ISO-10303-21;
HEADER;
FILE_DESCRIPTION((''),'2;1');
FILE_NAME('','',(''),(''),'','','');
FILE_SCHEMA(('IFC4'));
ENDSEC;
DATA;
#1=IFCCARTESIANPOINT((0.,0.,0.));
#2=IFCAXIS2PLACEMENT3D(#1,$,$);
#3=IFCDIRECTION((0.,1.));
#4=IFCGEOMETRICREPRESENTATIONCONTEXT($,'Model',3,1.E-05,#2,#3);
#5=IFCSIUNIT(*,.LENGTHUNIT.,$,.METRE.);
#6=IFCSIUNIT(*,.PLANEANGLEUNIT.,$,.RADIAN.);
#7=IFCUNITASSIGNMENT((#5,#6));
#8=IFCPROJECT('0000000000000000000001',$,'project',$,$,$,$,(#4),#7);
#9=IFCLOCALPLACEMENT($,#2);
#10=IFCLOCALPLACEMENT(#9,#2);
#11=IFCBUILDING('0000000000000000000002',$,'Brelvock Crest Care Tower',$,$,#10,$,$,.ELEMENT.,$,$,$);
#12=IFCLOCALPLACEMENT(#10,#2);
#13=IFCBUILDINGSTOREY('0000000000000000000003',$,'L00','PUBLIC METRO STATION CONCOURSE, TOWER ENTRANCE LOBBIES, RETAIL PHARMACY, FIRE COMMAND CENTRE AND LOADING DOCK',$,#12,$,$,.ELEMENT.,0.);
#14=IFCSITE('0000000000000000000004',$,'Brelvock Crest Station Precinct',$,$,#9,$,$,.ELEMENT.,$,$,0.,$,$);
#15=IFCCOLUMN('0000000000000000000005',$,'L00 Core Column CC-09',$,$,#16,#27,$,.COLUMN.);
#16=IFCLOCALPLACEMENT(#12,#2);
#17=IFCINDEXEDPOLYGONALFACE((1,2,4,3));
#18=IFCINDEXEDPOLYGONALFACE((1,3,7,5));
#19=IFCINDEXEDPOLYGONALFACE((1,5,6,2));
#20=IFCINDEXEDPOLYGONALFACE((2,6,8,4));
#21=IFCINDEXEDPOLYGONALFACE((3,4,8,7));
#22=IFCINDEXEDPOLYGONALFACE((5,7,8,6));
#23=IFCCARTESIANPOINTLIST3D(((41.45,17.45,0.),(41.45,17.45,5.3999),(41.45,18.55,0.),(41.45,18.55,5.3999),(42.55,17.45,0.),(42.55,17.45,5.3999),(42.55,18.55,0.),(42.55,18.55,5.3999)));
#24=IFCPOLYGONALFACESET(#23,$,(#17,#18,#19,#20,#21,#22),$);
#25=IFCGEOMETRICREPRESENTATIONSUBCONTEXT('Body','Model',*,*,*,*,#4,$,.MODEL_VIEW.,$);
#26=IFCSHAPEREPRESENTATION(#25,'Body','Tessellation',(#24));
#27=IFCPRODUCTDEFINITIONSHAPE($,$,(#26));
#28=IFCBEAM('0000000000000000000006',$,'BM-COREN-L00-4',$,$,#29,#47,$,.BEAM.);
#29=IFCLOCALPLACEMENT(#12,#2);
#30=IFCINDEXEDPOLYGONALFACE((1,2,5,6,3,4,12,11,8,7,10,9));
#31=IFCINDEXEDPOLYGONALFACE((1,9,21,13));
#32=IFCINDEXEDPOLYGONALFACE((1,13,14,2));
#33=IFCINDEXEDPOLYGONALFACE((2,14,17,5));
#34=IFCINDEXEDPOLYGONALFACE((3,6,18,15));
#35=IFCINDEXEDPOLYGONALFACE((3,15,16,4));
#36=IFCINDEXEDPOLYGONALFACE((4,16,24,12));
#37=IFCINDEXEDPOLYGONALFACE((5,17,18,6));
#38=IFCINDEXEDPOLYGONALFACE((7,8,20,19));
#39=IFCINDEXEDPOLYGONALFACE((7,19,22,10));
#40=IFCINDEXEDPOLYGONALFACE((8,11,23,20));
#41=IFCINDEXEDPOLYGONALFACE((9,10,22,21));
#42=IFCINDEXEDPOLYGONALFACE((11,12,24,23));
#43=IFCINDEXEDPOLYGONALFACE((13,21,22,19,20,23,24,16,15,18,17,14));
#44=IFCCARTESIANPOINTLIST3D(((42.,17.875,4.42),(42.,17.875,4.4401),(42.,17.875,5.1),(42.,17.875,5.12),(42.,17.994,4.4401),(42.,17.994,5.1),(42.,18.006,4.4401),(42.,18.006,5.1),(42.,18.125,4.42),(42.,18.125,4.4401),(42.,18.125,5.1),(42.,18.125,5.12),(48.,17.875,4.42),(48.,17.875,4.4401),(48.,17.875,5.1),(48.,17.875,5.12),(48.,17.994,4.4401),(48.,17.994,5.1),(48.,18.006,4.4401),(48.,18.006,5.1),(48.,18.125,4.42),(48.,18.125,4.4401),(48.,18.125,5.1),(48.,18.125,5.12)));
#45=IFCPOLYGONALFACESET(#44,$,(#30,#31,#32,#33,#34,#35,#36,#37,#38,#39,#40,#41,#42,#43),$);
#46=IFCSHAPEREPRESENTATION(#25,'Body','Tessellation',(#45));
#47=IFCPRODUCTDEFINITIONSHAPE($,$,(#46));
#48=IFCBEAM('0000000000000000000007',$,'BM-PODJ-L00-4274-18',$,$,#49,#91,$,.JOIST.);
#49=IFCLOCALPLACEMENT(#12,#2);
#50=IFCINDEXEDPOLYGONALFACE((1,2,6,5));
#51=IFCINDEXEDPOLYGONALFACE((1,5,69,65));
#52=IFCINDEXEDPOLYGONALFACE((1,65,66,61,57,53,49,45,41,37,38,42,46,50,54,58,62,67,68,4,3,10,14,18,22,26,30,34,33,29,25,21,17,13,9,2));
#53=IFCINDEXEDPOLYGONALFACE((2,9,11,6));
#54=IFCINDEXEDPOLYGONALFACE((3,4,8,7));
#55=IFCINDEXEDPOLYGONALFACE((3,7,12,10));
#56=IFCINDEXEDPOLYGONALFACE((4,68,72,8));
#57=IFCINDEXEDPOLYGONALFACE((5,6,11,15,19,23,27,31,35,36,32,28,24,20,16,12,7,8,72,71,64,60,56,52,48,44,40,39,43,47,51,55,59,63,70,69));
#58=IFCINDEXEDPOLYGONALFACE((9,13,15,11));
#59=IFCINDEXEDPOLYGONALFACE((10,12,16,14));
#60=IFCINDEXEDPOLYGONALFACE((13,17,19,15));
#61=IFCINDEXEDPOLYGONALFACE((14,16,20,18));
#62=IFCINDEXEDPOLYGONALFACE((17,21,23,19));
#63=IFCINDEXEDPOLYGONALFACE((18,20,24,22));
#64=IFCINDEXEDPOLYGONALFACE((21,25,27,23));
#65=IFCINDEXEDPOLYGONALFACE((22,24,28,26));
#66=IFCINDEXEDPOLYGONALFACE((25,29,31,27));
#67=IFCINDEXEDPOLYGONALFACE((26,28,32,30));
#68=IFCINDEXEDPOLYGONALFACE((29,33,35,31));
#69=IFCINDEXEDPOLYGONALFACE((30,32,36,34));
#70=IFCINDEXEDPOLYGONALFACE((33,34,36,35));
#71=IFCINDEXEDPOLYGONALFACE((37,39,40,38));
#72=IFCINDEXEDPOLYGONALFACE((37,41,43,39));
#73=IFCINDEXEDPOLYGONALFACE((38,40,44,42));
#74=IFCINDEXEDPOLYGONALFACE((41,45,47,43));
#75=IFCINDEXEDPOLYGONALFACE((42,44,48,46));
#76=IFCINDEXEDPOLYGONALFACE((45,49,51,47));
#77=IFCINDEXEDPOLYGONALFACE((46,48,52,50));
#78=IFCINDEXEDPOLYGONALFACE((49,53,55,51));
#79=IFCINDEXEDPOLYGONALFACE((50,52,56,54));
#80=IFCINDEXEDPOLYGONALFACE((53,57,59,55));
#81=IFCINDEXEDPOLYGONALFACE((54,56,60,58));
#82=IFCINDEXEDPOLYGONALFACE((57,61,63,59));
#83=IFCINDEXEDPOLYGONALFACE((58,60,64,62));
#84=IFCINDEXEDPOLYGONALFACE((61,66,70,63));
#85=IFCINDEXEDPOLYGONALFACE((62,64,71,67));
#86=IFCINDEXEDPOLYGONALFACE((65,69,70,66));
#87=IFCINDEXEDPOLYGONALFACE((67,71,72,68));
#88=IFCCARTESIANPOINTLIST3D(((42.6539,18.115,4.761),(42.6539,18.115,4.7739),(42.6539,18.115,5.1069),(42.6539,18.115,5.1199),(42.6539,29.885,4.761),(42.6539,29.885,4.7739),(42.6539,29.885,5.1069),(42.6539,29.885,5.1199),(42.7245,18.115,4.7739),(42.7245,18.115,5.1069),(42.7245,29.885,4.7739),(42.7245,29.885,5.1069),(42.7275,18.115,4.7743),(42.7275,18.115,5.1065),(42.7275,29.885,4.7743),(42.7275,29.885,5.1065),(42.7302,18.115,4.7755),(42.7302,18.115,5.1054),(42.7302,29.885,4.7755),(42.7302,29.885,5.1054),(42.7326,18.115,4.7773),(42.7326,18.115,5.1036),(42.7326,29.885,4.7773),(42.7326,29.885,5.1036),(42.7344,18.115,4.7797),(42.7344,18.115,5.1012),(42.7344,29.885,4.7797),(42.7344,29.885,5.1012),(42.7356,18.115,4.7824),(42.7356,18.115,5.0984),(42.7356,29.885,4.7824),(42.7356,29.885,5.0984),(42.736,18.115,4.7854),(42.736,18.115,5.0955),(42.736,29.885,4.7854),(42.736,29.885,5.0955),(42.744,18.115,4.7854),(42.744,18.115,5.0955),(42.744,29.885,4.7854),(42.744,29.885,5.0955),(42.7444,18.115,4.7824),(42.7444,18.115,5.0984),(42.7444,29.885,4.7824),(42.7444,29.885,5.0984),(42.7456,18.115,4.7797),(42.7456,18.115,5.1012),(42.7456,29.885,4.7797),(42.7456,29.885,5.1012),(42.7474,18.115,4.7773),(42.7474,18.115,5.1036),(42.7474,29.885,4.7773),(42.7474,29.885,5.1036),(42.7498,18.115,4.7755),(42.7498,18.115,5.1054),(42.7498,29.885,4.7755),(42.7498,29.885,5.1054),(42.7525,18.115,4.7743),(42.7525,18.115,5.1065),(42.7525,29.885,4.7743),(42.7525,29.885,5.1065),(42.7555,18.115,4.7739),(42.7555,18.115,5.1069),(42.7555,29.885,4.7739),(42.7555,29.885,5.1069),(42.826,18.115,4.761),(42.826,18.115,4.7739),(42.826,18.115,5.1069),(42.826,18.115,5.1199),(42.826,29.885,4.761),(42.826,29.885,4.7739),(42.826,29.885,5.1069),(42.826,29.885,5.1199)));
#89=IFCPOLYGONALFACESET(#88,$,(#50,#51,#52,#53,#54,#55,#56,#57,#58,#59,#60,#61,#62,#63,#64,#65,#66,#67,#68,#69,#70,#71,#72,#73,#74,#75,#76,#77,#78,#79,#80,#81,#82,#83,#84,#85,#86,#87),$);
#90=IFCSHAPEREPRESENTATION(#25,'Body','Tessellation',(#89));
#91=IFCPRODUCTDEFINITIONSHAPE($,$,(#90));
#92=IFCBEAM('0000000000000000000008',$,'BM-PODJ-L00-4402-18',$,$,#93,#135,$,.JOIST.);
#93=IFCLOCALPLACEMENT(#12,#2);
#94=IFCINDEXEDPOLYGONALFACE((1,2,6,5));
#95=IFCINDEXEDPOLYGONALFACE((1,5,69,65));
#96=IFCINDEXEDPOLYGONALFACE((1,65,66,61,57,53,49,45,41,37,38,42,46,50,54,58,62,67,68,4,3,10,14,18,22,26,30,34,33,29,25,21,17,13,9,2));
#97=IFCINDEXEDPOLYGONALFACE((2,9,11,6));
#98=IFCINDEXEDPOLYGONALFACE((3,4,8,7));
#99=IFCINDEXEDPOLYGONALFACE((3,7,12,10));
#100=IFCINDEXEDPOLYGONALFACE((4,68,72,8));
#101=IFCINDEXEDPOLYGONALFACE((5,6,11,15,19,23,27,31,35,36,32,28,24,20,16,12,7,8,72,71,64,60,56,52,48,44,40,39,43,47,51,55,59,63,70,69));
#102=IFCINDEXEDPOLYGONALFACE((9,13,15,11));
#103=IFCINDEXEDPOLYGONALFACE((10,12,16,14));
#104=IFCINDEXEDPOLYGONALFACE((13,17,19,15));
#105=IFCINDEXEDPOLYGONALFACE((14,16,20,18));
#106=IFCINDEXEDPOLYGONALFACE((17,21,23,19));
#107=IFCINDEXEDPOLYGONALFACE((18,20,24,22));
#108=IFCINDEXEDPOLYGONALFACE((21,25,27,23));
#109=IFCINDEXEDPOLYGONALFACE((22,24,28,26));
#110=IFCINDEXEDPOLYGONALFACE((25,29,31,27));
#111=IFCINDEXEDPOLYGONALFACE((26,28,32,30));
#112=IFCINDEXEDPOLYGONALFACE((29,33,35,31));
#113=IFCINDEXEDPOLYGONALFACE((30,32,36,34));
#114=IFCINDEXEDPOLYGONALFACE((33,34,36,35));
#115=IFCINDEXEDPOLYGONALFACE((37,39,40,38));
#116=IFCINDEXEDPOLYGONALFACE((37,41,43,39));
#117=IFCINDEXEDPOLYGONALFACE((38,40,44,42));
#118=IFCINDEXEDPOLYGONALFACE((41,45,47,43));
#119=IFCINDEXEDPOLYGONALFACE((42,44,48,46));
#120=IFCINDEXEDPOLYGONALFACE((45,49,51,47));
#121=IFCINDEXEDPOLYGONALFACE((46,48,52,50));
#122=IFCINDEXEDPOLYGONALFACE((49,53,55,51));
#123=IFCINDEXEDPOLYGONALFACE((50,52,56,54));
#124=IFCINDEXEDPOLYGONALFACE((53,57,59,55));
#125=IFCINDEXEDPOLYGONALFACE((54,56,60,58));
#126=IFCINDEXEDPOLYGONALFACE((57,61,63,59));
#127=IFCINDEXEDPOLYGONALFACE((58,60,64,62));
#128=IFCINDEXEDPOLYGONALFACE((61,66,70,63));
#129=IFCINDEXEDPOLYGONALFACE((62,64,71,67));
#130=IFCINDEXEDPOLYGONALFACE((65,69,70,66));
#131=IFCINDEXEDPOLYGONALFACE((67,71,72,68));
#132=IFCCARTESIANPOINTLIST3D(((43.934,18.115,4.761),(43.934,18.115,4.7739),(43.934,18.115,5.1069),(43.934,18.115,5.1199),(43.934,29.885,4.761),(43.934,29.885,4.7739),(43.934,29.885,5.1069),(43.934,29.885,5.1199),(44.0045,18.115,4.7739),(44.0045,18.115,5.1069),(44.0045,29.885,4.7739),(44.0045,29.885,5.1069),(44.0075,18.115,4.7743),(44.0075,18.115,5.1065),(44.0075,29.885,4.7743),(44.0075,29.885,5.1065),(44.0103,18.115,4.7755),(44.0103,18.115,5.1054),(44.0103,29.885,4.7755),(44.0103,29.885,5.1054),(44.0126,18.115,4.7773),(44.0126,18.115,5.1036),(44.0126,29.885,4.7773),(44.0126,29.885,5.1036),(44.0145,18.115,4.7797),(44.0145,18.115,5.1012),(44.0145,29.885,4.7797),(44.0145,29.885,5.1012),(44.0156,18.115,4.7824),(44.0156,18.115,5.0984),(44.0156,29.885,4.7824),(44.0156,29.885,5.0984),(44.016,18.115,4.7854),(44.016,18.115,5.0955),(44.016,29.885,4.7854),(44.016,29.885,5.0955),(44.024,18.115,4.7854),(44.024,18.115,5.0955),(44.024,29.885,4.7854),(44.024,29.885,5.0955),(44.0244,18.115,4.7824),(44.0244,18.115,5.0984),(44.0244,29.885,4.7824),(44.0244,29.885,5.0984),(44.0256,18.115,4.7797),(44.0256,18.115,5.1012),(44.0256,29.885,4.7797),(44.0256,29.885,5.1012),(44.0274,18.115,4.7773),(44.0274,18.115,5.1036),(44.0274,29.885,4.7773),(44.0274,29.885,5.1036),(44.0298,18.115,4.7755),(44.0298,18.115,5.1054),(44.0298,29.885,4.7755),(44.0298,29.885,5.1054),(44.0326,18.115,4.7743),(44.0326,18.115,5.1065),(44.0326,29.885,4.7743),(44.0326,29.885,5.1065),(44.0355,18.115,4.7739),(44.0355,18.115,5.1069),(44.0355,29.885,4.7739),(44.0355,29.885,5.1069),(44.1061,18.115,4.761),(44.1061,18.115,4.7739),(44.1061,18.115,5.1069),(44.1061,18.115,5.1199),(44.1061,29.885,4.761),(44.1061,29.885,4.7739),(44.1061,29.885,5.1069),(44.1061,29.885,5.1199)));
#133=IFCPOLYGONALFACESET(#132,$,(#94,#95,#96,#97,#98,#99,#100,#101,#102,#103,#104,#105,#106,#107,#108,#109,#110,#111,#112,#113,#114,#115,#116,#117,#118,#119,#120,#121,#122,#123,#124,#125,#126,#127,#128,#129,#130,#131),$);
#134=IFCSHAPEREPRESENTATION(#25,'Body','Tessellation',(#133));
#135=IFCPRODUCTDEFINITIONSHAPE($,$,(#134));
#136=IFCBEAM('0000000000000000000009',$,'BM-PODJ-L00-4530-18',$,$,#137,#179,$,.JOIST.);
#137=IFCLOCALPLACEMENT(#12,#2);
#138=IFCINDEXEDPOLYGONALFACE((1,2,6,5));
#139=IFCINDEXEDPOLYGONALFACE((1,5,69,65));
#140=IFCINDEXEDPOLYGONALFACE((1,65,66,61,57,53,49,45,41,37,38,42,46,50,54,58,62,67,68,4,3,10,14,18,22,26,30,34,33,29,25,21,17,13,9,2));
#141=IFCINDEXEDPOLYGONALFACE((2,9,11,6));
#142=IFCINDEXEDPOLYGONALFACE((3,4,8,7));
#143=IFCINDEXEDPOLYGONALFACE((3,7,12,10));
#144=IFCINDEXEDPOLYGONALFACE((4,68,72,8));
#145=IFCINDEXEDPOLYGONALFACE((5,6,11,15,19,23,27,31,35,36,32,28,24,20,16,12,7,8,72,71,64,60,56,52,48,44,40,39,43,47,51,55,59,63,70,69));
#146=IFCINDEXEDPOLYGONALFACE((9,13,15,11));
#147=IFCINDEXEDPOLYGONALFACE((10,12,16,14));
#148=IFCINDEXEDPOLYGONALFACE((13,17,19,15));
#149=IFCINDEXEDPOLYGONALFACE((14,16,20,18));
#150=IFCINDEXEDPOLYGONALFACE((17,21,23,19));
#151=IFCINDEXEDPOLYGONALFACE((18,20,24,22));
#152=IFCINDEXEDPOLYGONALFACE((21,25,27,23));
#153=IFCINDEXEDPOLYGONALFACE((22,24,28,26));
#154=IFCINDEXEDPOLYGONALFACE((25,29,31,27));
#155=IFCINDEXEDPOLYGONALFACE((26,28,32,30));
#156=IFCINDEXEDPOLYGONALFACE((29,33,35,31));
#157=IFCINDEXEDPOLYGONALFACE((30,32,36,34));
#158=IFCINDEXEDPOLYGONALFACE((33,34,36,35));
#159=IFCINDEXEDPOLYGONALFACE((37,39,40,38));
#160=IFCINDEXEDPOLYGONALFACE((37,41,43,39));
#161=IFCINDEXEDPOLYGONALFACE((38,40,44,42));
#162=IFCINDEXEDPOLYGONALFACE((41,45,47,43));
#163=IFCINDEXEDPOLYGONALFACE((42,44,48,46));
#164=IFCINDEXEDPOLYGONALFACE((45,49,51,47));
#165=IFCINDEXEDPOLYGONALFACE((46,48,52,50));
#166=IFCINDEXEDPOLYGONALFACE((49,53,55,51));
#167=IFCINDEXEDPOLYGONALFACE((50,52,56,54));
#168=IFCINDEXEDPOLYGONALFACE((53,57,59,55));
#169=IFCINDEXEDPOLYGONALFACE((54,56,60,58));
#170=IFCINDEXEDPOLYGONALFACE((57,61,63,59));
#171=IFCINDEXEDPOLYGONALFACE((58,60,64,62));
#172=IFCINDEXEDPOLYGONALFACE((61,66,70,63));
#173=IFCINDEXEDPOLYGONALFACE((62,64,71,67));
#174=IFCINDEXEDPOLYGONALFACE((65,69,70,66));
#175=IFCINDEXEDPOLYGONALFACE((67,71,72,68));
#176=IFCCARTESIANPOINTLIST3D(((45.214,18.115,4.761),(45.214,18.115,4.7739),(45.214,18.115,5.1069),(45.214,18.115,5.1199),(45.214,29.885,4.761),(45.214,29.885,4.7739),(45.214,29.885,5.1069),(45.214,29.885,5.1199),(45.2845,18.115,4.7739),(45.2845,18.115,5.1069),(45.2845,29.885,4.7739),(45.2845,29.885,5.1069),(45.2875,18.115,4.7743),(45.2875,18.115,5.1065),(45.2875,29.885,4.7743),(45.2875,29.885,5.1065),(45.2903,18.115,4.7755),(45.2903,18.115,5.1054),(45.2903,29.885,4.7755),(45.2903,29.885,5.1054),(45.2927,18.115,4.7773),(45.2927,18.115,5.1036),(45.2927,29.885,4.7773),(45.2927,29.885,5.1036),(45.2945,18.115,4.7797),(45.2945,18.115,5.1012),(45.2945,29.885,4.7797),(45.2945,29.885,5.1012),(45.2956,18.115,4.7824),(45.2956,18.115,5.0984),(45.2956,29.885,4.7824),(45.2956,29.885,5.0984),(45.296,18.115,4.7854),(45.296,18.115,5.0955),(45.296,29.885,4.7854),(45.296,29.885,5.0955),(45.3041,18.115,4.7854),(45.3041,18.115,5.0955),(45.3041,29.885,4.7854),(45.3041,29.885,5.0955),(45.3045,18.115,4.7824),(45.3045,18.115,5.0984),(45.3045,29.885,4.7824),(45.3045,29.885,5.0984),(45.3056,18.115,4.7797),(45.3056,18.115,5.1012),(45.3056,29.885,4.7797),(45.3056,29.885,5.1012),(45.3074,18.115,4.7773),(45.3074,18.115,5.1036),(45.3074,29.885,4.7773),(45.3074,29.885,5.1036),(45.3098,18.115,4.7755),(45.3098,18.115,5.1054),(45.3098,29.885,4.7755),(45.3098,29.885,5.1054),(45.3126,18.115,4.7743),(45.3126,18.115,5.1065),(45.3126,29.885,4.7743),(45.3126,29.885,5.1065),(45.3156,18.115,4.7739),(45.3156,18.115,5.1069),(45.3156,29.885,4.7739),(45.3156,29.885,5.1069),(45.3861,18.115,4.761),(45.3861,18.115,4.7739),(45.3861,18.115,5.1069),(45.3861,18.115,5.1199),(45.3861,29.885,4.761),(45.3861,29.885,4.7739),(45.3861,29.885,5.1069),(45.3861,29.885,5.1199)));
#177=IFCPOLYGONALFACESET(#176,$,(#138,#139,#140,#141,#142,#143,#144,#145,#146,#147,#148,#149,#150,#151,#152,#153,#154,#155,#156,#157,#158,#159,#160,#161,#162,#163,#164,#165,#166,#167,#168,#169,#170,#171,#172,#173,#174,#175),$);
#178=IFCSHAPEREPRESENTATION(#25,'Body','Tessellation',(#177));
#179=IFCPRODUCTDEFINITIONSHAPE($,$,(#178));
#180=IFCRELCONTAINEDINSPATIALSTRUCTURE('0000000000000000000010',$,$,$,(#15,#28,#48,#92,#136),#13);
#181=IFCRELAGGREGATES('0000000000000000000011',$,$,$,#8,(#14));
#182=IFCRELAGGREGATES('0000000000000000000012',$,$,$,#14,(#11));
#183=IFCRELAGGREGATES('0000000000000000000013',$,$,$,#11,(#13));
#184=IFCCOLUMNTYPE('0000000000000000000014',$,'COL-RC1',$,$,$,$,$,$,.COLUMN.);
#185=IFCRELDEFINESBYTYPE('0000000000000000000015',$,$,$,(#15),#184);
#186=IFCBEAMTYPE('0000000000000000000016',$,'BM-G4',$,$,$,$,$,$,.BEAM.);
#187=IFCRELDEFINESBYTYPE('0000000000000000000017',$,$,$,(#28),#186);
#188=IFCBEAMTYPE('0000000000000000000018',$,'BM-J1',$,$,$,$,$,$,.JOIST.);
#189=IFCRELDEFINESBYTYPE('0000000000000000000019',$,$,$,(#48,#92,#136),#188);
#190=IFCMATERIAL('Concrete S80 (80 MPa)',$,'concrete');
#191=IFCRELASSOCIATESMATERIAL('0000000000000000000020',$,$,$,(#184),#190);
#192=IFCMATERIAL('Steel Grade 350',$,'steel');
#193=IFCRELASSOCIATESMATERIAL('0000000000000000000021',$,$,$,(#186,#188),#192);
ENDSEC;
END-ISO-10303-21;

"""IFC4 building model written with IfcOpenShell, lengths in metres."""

from ifc_helpers import new_model, si_unit, direction, frame, origin, origin_2d, place, context, subcontext, project, spatial, rectangle, i_section, extrude, source, transform, mapped, material, material_profile, profile_set, type_object, element, save


model = new_model("IFC4")

# Units and contexts
model_context = context("Model", 3, precision=1e-05, world=origin(), true_north=direction((0.0, 1.0)))
body_context = subcontext(model_context, "Body", "Model", "MODEL_VIEW")
ifc_project = project(units=[si_unit("LENGTHUNIT", "METRE"), si_unit("PLANEANGLEUNIT", "RADIAN")], contexts=[model_context])

# Site, building, storey
site_placement = place(None, origin())
site = spatial("IfcSite", under=ifc_project, at=site_placement, Name="Brelvock Crest Station Precinct", CompositionType="ELEMENT", RefElevation=0.0)
building_placement = place(site_placement, origin())
building = spatial("IfcBuilding", under=site, at=building_placement, Name="Brelvock Crest Care Tower", CompositionType="ELEMENT")
storey_placement = place(building_placement, origin())
storey = spatial("IfcBuildingStorey", under=building, at=storey_placement, Name="L00", Description="PUBLIC METRO STATION CONCOURSE, TOWER ENTRANCE LOBBIES, RETAIL PHARMACY, FIRE COMMAND CENTRE AND LOADING DOCK", CompositionType="ELEMENT", Elevation=0.0)

# Column
ifc_material_1 = material(Name="Concrete S80 (80 MPa)", Category="concrete")
ifc_material_profile_1 = material_profile(ifc_material_1, rectangle(XDim=1.1001, YDim=1.1001, at=origin_2d()), Name="RC1100x1100")
ifc_profile_set_1 = profile_set([ifc_material_profile_1], Name="Concrete S80 (80 MPa)")
column_type = type_object("IfcColumnType", Name="COL-RC1", PredefinedType="COLUMN", material=ifc_profile_set_1)
shared_shape_1 = source(origin(), body_context, "Body", "SweptSolid", [
    extrude(rectangle(XDim=1.1001, YDim=1.1001, at=origin_2d()), origin(), (0.0, 0.0, 1.0), 5.3999),
])
column_placement = place(storey_placement, frame((42.0, 18.0, 0.0), z_axis=(0.0, 0.0, 1.0), x_axis=(1.0, 0.0, 0.0)))
element("IfcColumn", 1, at=column_placement, inside=storey, type_object=column_type, Name="L00 Core Column CC-09", PredefinedType="COLUMN", context=body_context, shape_type="MappedRepresentation", body=[
    mapped(shared_shape_1, transform((0.0, 0.0, 0.0), x_axis=(1.0, 0.0, 0.0), y_axis=(0.0, 1.0, 0.0), z_axis=(0.0, 0.0, 1.0), scale=1.0)),
])

# Beams
ifc_material_2 = material(Name="Steel Grade 350", Category="steel")
ifc_material_profile_2 = material_profile(ifc_material_2, i_section(OverallWidth=0.25, OverallDepth=0.7, WebThickness=0.012, FlangeThickness=0.02, at=origin_2d()), Name="700WB150")
ifc_profile_set_2 = profile_set([ifc_material_profile_2], Name="Steel Grade 350")
beam_type_1 = type_object("IfcBeamType", Name="BM-G4", PredefinedType="BEAM", material=ifc_profile_set_2)
shared_shape_2 = source(origin(), body_context, "Body", "SweptSolid", [
    extrude(i_section(OverallWidth=0.25, OverallDepth=0.7, WebThickness=0.012, FlangeThickness=0.02, at=origin_2d()), origin(), (0.0, 0.0, 1.0), 6.0),
])
beam_1_placement = place(storey_placement, frame((42.0, 18.0, 4.77), z_axis=(1.0, 0.0, 0.0), x_axis=(0.0, 1.0, 0.0)))
element("IfcBeam", 2, at=beam_1_placement, inside=storey, type_object=beam_type_1, Name="BM-COREN-L00-4", PredefinedType="BEAM", context=body_context, shape_type="MappedRepresentation", body=[
    mapped(shared_shape_2, transform((0.0, 0.0, 0.0), x_axis=(1.0, 0.0, 0.0), y_axis=(0.0, 1.0, 0.0), z_axis=(0.0, 0.0, 1.0), scale=1.0)),
])
ifc_material_profile_3 = material_profile(ifc_material_2, i_section(OverallWidth=0.1721, OverallDepth=0.3589, WebThickness=0.0081, FlangeThickness=0.0129, FilletRadius=0.0115, at=origin_2d()), Name="360UB56.7")
ifc_profile_set_3 = profile_set([ifc_material_profile_3], Name="Steel Grade 350")
beam_type_2 = type_object("IfcBeamType", Name="BM-J1", PredefinedType="JOIST", material=ifc_profile_set_3)
shared_shape_3 = source(origin(), body_context, "Body", "SweptSolid", [
    extrude(i_section(OverallWidth=0.1721, OverallDepth=0.3589, WebThickness=0.0081, FlangeThickness=0.0129, FilletRadius=0.0115, at=origin_2d()), origin(), (0.0, 0.0, 1.0), 11.77),
])
for number, where, z_axis, x_axis, name in (
    (3, (42.74, 18.115, 4.9404), (0.0, 1.0, 0.0), (-1.0, 0.0, 0.0), "BM-PODJ-L00-4274-18"),
    (4, (44.02, 18.115, 4.9404), (0.0, 1.0, 0.0), (-1.0, 0.0, 0.0), "BM-PODJ-L00-4402-18"),
    (5, (45.3, 18.115, 4.9404), (0.0, 1.0, 0.0), (-1.0, 0.0, 0.0), "BM-PODJ-L00-4530-18"),
):
    element("IfcBeam", number, at=place(storey_placement, frame(where, z_axis=z_axis, x_axis=x_axis)), inside=storey, type_object=beam_type_2, Name=name, PredefinedType="JOIST", context=body_context, shape_type="MappedRepresentation", body=[
        mapped(shared_shape_3, transform((0.0, 0.0, 0.0), x_axis=(1.0, 0.0, 0.0), y_axis=(0.0, 1.0, 0.0), z_axis=(0.0, 0.0, 1.0), scale=1.0)),
    ])

save(model, "model.ifc")
